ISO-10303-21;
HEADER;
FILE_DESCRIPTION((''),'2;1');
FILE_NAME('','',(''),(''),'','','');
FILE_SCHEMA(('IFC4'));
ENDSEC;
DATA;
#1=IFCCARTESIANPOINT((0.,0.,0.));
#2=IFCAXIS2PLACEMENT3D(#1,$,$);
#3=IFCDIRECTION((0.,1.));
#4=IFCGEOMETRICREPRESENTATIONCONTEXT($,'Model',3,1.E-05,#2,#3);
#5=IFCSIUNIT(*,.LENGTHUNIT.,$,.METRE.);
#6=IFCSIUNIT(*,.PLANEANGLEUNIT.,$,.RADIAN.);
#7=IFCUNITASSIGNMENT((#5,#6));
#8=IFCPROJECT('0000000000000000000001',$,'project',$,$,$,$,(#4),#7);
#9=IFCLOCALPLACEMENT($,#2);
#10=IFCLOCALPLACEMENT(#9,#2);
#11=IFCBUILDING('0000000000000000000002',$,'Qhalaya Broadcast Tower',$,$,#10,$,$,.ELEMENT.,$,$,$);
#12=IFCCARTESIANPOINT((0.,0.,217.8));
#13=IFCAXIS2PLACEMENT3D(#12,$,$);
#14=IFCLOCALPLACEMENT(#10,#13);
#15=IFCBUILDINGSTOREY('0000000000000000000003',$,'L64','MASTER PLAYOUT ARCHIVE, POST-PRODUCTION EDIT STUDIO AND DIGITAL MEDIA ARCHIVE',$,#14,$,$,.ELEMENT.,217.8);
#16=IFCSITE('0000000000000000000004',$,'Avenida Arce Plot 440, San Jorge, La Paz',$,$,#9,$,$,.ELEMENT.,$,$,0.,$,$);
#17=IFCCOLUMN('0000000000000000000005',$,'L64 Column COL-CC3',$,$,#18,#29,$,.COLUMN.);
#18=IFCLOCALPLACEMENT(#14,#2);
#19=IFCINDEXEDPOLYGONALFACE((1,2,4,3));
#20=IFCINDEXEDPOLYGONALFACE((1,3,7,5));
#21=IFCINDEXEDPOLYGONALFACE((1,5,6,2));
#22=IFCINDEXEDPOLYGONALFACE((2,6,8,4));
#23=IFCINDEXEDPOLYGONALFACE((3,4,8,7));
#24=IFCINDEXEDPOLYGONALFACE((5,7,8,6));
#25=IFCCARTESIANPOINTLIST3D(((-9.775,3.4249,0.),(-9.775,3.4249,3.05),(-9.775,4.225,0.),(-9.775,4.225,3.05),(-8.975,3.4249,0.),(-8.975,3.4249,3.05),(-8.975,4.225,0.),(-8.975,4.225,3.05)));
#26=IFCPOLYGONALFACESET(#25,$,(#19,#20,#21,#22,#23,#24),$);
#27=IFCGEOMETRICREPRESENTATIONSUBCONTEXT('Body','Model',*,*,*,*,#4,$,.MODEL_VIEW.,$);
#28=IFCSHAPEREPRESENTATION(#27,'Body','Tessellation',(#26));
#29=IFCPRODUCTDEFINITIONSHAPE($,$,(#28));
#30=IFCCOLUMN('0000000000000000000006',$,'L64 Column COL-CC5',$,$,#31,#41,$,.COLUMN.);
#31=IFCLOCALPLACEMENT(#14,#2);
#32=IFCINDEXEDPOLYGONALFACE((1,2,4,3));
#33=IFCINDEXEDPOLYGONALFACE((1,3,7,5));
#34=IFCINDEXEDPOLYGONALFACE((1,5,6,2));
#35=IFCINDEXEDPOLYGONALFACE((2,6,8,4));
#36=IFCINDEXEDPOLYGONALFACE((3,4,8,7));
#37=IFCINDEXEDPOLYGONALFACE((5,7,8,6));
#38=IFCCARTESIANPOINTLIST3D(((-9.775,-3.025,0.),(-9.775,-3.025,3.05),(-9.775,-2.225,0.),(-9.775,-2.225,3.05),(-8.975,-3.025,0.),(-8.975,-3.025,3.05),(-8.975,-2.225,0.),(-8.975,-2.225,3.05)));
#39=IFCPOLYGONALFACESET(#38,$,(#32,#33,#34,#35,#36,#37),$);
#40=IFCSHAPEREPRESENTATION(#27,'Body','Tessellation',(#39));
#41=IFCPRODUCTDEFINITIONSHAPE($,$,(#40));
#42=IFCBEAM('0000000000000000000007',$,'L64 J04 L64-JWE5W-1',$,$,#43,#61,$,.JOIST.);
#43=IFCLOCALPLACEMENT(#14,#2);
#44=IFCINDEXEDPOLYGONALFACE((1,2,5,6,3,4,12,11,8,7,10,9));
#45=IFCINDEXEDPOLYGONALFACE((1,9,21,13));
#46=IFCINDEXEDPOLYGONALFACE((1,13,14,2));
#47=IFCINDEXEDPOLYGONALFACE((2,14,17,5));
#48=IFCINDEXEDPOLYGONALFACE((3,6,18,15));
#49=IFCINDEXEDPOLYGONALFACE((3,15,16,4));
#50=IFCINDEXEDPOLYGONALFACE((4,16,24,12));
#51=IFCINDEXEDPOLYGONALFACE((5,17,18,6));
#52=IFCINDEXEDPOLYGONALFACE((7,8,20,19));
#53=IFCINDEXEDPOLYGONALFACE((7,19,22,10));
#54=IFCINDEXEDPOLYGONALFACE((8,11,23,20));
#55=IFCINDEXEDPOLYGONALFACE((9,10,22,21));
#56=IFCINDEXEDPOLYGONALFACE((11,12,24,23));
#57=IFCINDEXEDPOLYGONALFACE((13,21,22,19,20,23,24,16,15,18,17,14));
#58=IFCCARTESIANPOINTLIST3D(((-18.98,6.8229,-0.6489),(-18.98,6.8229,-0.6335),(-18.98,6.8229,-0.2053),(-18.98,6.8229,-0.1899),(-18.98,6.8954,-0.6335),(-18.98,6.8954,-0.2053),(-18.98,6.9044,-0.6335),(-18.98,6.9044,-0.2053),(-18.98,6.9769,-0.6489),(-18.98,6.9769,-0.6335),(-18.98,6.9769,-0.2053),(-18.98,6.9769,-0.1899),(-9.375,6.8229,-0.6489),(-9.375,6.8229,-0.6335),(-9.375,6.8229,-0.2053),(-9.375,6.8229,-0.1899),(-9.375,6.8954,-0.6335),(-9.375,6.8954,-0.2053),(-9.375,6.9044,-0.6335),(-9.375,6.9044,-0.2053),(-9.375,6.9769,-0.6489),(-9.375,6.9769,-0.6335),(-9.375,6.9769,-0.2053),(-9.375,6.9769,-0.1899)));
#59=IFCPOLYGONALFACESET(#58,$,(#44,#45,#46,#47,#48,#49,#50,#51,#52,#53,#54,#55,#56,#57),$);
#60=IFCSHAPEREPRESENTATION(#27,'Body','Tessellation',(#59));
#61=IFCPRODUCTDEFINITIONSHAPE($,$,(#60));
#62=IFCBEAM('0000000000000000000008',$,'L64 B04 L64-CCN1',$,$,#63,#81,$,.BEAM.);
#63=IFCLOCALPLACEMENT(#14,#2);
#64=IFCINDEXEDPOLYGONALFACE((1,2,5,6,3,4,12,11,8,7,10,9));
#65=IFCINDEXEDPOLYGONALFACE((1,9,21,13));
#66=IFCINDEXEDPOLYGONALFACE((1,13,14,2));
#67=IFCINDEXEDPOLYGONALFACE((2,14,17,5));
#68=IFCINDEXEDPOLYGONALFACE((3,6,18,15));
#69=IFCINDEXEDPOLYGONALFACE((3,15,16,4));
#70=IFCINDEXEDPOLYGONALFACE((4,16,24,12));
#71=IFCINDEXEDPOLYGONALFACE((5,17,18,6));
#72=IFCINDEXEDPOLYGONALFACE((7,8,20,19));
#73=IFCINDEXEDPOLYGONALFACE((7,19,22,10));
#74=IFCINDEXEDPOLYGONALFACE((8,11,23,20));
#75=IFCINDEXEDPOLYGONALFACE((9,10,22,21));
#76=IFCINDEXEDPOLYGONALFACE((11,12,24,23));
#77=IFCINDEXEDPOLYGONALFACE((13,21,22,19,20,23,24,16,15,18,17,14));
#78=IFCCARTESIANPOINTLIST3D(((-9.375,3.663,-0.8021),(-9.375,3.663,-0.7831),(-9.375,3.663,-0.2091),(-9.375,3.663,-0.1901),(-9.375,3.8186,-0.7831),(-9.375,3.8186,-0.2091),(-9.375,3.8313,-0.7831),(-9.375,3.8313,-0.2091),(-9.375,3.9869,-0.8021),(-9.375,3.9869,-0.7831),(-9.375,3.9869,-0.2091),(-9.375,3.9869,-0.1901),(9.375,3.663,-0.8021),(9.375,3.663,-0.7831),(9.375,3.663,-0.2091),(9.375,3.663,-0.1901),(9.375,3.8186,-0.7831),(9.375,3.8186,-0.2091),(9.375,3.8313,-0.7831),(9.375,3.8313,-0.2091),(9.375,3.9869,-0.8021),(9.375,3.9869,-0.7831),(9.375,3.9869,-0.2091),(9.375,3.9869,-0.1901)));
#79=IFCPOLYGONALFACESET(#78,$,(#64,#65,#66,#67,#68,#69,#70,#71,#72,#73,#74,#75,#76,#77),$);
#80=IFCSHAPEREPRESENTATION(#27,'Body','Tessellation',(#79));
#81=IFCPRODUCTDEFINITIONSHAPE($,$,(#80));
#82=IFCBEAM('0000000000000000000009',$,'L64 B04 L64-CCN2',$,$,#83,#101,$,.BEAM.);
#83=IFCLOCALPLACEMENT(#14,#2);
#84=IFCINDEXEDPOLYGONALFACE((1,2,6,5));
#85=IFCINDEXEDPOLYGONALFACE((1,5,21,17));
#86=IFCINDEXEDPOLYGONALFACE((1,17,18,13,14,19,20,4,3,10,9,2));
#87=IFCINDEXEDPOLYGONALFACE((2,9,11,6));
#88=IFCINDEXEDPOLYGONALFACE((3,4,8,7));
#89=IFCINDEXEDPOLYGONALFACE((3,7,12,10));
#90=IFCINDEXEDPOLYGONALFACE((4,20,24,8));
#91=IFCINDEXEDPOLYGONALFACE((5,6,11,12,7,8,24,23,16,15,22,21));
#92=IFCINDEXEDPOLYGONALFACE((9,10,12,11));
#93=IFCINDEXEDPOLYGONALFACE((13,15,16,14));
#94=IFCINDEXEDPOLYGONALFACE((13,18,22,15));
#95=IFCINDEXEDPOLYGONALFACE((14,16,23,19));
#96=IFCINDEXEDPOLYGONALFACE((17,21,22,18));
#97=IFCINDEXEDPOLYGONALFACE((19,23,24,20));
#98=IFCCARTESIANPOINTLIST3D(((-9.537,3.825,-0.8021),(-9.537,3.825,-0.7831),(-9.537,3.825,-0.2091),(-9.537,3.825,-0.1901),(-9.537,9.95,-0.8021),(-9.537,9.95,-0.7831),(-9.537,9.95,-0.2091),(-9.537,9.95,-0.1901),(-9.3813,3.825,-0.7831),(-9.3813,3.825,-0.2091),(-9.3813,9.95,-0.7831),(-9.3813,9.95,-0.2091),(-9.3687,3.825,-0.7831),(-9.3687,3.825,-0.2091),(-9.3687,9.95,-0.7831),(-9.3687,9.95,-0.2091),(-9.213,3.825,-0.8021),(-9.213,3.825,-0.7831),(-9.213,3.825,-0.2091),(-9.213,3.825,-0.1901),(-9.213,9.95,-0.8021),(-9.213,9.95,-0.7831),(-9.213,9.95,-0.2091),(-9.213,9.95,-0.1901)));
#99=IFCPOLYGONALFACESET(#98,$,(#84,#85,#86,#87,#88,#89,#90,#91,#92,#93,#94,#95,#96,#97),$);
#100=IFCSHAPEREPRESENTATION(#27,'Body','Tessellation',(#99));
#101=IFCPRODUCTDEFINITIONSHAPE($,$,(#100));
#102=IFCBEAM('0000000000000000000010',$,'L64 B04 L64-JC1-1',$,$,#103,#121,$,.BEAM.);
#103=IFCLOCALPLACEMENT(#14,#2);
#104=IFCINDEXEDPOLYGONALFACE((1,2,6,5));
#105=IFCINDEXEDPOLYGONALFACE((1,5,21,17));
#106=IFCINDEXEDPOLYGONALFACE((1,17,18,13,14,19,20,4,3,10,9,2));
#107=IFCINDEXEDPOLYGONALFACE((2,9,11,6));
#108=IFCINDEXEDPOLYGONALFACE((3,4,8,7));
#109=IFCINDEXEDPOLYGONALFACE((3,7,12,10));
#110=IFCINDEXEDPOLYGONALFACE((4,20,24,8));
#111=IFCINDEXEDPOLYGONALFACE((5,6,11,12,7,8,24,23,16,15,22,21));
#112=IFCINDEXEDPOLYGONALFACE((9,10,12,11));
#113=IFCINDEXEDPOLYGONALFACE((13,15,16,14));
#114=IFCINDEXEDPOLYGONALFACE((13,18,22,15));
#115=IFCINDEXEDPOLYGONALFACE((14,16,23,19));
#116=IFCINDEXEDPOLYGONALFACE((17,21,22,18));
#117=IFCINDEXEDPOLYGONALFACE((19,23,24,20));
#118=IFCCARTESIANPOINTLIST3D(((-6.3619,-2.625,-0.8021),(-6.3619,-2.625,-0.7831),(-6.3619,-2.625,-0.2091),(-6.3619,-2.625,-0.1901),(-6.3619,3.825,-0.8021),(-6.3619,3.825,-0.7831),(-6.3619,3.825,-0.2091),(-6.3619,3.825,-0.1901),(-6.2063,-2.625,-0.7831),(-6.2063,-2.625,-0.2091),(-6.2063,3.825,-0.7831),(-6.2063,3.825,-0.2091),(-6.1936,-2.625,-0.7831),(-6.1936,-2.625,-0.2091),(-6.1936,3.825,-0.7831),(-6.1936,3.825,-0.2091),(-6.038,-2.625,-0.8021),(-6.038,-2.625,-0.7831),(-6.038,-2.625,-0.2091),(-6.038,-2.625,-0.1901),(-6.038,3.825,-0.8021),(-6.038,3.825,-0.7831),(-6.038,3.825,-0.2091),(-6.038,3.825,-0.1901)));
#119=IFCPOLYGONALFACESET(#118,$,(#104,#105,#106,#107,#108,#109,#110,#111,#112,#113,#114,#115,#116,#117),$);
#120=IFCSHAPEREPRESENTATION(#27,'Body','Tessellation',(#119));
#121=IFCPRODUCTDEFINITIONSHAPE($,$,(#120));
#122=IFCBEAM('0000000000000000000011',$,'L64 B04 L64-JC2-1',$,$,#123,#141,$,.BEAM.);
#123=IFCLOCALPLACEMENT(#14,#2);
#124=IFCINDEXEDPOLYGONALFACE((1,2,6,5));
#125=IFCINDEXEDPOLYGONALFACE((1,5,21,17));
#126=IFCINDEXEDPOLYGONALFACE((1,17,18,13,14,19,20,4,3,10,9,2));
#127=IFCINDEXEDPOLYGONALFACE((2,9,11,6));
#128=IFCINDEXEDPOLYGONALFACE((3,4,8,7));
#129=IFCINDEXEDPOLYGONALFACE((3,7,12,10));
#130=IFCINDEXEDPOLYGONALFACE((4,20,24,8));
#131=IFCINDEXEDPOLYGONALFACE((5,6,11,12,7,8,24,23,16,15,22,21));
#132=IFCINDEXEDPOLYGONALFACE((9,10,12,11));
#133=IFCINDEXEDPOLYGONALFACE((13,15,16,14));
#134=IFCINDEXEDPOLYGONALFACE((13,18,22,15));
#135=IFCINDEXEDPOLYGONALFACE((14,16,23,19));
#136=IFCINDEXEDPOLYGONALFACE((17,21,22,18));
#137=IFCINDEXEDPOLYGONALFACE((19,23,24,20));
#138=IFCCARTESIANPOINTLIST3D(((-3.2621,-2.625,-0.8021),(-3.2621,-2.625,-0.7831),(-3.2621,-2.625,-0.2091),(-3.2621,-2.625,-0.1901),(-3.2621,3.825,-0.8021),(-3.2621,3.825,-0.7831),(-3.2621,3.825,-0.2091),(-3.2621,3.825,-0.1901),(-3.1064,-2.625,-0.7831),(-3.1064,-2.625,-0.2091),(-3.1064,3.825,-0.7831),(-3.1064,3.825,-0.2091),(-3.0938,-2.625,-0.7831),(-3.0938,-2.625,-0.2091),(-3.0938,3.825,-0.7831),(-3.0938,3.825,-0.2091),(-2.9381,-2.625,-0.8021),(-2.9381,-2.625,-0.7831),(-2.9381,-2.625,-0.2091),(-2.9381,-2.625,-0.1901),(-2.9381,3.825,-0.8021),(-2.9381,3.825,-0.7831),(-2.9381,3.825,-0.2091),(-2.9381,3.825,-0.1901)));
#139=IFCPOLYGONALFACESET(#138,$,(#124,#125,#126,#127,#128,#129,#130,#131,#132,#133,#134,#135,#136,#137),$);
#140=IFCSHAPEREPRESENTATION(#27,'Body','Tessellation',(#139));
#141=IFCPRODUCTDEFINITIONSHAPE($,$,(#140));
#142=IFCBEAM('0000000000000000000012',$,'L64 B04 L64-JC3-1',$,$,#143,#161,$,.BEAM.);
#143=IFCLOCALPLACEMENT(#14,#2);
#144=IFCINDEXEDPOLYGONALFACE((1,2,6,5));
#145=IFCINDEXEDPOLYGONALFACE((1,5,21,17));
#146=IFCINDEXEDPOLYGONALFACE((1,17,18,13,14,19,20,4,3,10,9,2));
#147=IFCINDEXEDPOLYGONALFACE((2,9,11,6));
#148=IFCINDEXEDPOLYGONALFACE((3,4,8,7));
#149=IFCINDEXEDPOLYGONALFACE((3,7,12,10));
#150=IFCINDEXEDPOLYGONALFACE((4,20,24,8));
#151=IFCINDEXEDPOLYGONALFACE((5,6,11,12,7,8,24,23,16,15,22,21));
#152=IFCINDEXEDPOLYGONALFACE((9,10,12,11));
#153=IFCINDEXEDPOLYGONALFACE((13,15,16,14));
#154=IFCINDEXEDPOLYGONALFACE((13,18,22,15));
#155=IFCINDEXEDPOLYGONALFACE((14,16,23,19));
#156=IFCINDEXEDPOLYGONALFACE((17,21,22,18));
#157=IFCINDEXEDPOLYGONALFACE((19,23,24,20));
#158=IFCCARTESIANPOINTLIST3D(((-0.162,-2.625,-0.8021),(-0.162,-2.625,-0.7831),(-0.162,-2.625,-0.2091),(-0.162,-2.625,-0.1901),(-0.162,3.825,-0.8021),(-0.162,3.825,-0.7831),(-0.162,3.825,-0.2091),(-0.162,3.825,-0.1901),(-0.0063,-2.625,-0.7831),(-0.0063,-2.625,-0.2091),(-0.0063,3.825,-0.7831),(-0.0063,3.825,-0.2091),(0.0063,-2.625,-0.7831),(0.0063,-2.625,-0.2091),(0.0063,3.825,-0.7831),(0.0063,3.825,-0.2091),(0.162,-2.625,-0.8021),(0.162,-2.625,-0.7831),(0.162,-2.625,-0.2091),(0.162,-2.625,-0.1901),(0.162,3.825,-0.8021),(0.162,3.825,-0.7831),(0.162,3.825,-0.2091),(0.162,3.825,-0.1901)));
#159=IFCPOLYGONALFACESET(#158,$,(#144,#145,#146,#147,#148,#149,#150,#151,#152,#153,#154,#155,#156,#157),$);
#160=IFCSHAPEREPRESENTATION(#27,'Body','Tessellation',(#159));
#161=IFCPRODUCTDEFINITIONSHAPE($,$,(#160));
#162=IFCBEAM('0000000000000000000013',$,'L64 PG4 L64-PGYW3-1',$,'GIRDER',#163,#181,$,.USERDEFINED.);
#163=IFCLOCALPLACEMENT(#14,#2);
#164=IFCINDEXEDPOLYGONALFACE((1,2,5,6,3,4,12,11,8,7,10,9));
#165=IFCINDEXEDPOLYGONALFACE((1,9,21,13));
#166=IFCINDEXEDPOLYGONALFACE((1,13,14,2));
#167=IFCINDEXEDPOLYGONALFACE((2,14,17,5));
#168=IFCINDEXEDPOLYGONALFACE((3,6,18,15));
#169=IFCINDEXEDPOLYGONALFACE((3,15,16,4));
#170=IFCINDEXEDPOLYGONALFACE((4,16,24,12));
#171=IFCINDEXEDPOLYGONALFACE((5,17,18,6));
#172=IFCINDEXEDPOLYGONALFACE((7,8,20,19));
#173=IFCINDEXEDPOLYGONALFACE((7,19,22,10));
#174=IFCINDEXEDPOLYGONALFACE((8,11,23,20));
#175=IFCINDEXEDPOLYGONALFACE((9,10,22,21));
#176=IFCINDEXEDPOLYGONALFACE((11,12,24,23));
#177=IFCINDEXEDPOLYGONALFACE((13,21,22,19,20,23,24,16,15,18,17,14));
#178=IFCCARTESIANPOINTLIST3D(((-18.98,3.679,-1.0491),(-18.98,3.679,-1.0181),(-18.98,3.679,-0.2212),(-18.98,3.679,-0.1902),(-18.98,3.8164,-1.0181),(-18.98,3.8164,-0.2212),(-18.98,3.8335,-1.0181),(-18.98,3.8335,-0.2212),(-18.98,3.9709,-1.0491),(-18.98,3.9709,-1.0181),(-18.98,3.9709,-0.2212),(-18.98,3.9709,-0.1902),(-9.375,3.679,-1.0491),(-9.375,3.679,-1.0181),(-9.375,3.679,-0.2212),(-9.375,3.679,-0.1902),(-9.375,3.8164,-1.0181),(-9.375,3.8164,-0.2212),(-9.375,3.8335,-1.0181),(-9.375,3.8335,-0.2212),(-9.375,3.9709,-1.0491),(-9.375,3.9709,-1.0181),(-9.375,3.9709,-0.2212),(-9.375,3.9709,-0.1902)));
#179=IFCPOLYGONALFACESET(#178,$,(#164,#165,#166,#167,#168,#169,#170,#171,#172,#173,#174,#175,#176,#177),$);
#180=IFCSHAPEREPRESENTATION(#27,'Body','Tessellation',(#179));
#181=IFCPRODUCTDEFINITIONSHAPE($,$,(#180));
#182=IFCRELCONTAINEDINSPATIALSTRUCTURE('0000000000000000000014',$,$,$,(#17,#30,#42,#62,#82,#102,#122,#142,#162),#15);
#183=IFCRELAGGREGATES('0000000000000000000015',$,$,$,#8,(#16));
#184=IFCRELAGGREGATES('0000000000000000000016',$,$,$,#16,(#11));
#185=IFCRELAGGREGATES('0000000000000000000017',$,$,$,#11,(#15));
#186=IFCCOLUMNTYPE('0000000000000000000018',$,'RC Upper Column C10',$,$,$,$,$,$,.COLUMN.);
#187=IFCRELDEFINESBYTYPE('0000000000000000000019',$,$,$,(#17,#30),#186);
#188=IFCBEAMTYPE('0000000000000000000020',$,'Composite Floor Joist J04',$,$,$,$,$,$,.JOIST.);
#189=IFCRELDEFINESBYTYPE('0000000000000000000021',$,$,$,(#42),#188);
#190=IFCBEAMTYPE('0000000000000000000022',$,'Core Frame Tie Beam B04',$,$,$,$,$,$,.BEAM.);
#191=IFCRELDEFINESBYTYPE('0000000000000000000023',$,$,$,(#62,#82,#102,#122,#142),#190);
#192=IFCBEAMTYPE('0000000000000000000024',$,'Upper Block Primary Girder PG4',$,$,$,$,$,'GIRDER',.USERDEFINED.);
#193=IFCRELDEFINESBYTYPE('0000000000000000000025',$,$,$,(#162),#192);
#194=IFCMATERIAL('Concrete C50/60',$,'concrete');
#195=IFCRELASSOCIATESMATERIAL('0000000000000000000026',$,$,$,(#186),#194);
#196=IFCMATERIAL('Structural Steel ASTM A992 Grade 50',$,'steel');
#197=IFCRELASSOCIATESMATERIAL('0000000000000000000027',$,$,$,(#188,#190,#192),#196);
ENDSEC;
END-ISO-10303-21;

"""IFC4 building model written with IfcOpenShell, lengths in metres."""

from ifc_helpers import new_model, si_unit, direction, frame, origin, origin_2d, place, context, subcontext, project, spatial, rectangle, i_section, extrude, material, material_profile, profile_set, type_object, element, save


model = new_model("IFC4")

# Units and contexts
model_context = context("Model", 3, precision=1e-05, world=origin(), true_north=direction((0.0, 1.0)))
body_context = subcontext(model_context, "Body", "Model", "MODEL_VIEW")
ifc_project = project(units=[si_unit("LENGTHUNIT", "METRE"), si_unit("PLANEANGLEUNIT", "RADIAN")], contexts=[model_context])

# Site, building, storey
site_placement = place(None, origin())
site = spatial("IfcSite", under=ifc_project, at=site_placement, Name="Avenida Arce Plot 440, San Jorge, La Paz", CompositionType="ELEMENT", RefElevation=0.0)
building_placement = place(site_placement, origin())
building = spatial("IfcBuilding", under=site, at=building_placement, Name="Qhalaya Broadcast Tower", CompositionType="ELEMENT")
storey_placement = place(building_placement, frame((0.0, 0.0, 217.8)))
storey = spatial("IfcBuildingStorey", under=building, at=storey_placement, Name="L64", Description="MASTER PLAYOUT ARCHIVE, POST-PRODUCTION EDIT STUDIO AND DIGITAL MEDIA ARCHIVE", CompositionType="ELEMENT", Elevation=217.8)

# Columns
ifc_material_1 = material(Name="Concrete C50/60", Category="concrete")
ifc_material_profile_1 = material_profile(ifc_material_1, rectangle(XDim=0.8, YDim=0.8, at=origin_2d()), Name="RC-COL 800x800")
ifc_profile_set_1 = profile_set([ifc_material_profile_1], Name="Concrete C50/60")
column_type = type_object("IfcColumnType", Name="RC Upper Column C10", PredefinedType="COLUMN", material=ifc_profile_set_1)
for number, where, z_axis, x_axis, name in (
    (1, (-9.375, 3.825, 0.0), (0.0, 0.0, 1.0), (1.0, 0.0, 0.0), "L64 Column COL-CC3"),
    (2, (-9.375, -2.625, 0.0), (0.0, 0.0, 1.0), (1.0, 0.0, 0.0), "L64 Column COL-CC5"),
):
    element("IfcColumn", number, at=place(storey_placement, frame(where, z_axis=z_axis, x_axis=x_axis)), inside=storey, type_object=column_type, Name=name, PredefinedType="COLUMN", context=body_context, shape_type="SweptSolid", body=[
        extrude(rectangle(XDim=0.8, YDim=0.8, at=origin_2d()), origin(), (0.0, 0.0, 1.0), 3.05),
    ])

# Beams
ifc_material_2 = material(Name="Structural Steel ASTM A992 Grade 50", Category="steel")
ifc_material_profile_2 = material_profile(ifc_material_2, i_section(OverallWidth=0.1541, OverallDepth=0.459, WebThickness=0.009, FlangeThickness=0.0154, at=origin_2d()), Name="W18X46")
ifc_profile_set_2 = profile_set([ifc_material_profile_2], Name="Structural Steel ASTM A992 Grade 50")
beam_type_1 = type_object("IfcBeamType", Name="Composite Floor Joist J04", PredefinedType="JOIST", material=ifc_profile_set_2)
beam_1_placement = place(storey_placement, frame((-18.98, 6.8999, -0.4194), z_axis=(1.0, 0.0, 0.0), x_axis=(0.0, 1.0, 0.0)))
element("IfcBeam", 3, at=beam_1_placement, inside=storey, type_object=beam_type_1, Name="L64 J04 L64-JWE5W-1", PredefinedType="JOIST", context=body_context, shape_type="SweptSolid", body=[
    extrude(i_section(OverallWidth=0.1541, OverallDepth=0.459, WebThickness=0.009, FlangeThickness=0.0154, at=origin_2d()), origin(), (0.0, 0.0, 1.0), 9.605),
])
ifc_material_profile_3 = material_profile(ifc_material_2, i_section(OverallWidth=0.324, OverallDepth=0.6121, WebThickness=0.0127, FlangeThickness=0.019, at=origin_2d()), Name="W24X104")
ifc_profile_set_3 = profile_set([ifc_material_profile_3], Name="Structural Steel ASTM A992 Grade 50")
beam_type_2 = type_object("IfcBeamType", Name="Core Frame Tie Beam B04", PredefinedType="BEAM", material=ifc_profile_set_3)
beam_2_placement = place(storey_placement, frame((-9.375, 3.825, -0.4961), z_axis=(1.0, 0.0, 0.0), x_axis=(0.0, 1.0, 0.0)))
element("IfcBeam", 4, at=beam_2_placement, inside=storey, type_object=beam_type_2, Name="L64 B04 L64-CCN1", PredefinedType="BEAM", context=body_context, shape_type="SweptSolid", body=[
    extrude(i_section(OverallWidth=0.324, OverallDepth=0.6121, WebThickness=0.0127, FlangeThickness=0.019, at=origin_2d()), origin(), (0.0, 0.0, 1.0), 18.75),
])
beam_3_placement = place(storey_placement, frame((-9.375, 3.825, -0.4961), z_axis=(0.0, 1.0, 0.0), x_axis=(-1.0, 0.0, 0.0)))
element("IfcBeam", 5, at=beam_3_placement, inside=storey, type_object=beam_type_2, Name="L64 B04 L64-CCN2", PredefinedType="BEAM", context=body_context, shape_type="SweptSolid", body=[
    extrude(i_section(OverallWidth=0.324, OverallDepth=0.6121, WebThickness=0.0127, FlangeThickness=0.019, at=origin_2d()), origin(), (0.0, 0.0, 1.0), 6.125),
])
for number, where, z_axis, x_axis, name in (
    (6, (-6.2, -2.625, -0.4961), (0.0, 1.0, 0.0), (-1.0, 0.0, 0.0), "L64 B04 L64-JC1-1"),
    (7, (-3.1001, -2.625, -0.4961), (0.0, 1.0, 0.0), (-1.0, 0.0, 0.0), "L64 B04 L64-JC2-1"),
    (8, (0.0, -2.625, -0.4961), (0.0, 1.0, 0.0), (-1.0, 0.0, 0.0), "L64 B04 L64-JC3-1"),
):
    element("IfcBeam", number, at=place(storey_placement, frame(where, z_axis=z_axis, x_axis=x_axis)), inside=storey, type_object=beam_type_2, Name=name, PredefinedType="BEAM", context=body_context, shape_type="SweptSolid", body=[
        extrude(i_section(OverallWidth=0.324, OverallDepth=0.6121, WebThickness=0.0127, FlangeThickness=0.019, at=origin_2d()), origin(), (0.0, 0.0, 1.0), 6.45),
    ])
ifc_material_profile_4 = material_profile(ifc_material_2, i_section(OverallWidth=0.292, OverallDepth=0.8589, WebThickness=0.0171, FlangeThickness=0.031, at=origin_2d()), Name="W33X169")
ifc_profile_set_4 = profile_set([ifc_material_profile_4], Name="Structural Steel ASTM A992 Grade 50")
beam_type_3 = type_object("IfcBeamType", Name="Upper Block Primary Girder PG4", ElementType="GIRDER", PredefinedType="USERDEFINED", material=ifc_profile_set_4)
beam_4_placement = place(storey_placement, frame((-18.98, 3.825, -0.6196), z_axis=(1.0, 0.0, 0.0), x_axis=(0.0, 1.0, 0.0)))
element("IfcBeam", 9, at=beam_4_placement, inside=storey, type_object=beam_type_3, Name="L64 PG4 L64-PGYW3-1", ObjectType="GIRDER", PredefinedType="USERDEFINED", context=body_context, shape_type="SweptSolid", body=[
    extrude(i_section(OverallWidth=0.292, OverallDepth=0.8589, WebThickness=0.0171, FlangeThickness=0.031, at=origin_2d()), origin(), (0.0, 0.0, 1.0), 9.605),
])

save(model, "model.ifc")
